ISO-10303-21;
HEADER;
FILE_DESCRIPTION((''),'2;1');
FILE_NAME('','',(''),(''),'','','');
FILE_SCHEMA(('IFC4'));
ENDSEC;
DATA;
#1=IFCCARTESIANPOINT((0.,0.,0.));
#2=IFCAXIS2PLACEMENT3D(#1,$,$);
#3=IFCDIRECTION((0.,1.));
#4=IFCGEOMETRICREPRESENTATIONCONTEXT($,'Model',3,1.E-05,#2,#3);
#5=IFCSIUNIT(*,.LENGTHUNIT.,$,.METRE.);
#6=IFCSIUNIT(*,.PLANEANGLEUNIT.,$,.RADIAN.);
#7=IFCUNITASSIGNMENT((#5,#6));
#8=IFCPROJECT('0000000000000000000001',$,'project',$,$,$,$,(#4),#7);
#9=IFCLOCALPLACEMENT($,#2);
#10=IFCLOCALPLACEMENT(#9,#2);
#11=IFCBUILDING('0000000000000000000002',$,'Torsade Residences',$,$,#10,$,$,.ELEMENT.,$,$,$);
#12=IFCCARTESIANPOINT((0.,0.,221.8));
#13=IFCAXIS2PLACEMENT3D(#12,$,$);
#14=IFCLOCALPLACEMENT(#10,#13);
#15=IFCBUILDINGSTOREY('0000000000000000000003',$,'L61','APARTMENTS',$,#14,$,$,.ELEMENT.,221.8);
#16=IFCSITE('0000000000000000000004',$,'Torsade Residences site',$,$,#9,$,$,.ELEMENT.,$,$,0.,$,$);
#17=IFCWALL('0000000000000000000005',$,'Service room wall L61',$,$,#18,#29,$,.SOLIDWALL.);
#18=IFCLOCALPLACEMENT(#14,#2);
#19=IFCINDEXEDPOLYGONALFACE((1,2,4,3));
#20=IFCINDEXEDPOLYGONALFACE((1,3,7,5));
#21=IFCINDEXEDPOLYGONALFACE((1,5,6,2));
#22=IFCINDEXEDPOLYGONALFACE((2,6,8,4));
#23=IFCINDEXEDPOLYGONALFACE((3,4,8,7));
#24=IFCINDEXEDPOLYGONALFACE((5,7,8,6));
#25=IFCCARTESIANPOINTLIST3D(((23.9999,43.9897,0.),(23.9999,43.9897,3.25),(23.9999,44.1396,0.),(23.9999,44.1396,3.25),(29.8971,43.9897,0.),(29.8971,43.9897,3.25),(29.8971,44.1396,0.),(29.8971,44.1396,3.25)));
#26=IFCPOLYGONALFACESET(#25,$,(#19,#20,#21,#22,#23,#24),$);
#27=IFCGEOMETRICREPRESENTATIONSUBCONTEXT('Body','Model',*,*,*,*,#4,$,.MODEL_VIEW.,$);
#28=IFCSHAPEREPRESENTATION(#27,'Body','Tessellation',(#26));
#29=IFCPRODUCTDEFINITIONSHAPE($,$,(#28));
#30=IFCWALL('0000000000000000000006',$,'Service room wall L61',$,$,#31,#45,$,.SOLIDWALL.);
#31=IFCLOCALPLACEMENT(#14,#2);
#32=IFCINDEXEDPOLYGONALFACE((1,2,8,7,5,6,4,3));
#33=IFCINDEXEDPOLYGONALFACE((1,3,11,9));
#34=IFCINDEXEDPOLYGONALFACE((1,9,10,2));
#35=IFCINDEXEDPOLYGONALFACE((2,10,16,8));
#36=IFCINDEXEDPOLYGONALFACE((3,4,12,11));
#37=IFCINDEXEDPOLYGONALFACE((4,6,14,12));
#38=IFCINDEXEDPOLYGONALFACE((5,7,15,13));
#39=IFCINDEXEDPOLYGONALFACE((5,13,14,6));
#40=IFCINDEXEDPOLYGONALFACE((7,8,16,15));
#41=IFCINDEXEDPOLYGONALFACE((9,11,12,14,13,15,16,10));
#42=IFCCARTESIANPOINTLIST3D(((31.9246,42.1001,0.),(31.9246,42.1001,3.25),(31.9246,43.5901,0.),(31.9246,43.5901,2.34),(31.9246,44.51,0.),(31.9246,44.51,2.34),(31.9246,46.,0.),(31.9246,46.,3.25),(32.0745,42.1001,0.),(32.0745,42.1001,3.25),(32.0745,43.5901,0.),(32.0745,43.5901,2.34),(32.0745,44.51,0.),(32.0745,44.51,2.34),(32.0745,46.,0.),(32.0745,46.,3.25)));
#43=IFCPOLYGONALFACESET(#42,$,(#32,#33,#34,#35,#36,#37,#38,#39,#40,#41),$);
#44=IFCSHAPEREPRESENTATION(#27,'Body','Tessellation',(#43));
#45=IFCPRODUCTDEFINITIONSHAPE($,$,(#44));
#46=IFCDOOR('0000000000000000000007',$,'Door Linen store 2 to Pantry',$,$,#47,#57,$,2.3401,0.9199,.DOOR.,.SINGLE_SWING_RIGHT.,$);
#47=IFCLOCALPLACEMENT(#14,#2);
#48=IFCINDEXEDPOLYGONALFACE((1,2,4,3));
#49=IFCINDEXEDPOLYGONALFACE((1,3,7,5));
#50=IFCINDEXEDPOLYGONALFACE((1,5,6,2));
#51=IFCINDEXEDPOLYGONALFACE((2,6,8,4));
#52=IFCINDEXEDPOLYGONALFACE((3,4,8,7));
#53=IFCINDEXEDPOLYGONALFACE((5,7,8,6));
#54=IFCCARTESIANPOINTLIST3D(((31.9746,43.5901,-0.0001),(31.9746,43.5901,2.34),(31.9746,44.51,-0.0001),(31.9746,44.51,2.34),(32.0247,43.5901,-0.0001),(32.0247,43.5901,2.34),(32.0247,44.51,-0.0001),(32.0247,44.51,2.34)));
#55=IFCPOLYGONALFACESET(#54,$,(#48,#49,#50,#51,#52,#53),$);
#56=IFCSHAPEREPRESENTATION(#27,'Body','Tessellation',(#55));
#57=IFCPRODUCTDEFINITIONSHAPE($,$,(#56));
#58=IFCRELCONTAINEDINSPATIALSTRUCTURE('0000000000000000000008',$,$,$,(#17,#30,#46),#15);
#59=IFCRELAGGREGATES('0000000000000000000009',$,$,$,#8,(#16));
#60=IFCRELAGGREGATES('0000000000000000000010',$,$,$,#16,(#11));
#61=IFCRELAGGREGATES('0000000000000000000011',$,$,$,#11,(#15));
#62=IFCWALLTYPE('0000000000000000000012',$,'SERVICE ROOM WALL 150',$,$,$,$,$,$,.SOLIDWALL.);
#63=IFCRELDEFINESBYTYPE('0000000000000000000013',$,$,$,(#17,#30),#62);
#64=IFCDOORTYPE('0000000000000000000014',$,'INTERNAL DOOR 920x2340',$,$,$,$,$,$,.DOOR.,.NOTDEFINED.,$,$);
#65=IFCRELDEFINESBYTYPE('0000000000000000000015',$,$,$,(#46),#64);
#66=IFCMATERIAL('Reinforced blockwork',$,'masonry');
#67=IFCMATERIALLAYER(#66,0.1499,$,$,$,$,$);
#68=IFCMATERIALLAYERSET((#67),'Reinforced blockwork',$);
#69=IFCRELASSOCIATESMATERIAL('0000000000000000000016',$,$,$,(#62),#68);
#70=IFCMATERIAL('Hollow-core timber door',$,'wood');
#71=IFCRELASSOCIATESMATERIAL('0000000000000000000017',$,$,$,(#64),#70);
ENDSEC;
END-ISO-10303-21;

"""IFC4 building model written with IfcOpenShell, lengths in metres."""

from ifc_helpers import new_model, si_unit, direction, frame, frame_2d, origin, place, context, subcontext, project, spatial, rectangle, extrude, material, layer, layer_set, type_object, element, fill, save


model = new_model("IFC4")

# Units and contexts
model_context = context("Model", 3, precision=1e-05, world=origin(), true_north=direction((0.0, 1.0)))
body_context = subcontext(model_context, "Body", "Model", "MODEL_VIEW")
ifc_project = project(units=[si_unit("LENGTHUNIT", "METRE"), si_unit("PLANEANGLEUNIT", "RADIAN")], contexts=[model_context])

# Site, building, storey
site_placement = place(None, origin())
site = spatial("IfcSite", under=ifc_project, at=site_placement, Name="Torsade Residences site", CompositionType="ELEMENT", RefElevation=0.0)
building_placement = place(site_placement, origin())
building = spatial("IfcBuilding", under=site, at=building_placement, Name="Torsade Residences", CompositionType="ELEMENT")
storey_placement = place(building_placement, frame((0.0, 0.0, 221.8)))
storey = spatial("IfcBuildingStorey", under=building, at=storey_placement, Name="L61", Description="APARTMENTS", CompositionType="ELEMENT", Elevation=221.8)

# Shared definitions
ifc_material_1 = material(Name="Reinforced blockwork", Category="masonry")
ifc_layer_1 = layer(ifc_material_1, 0.1499)
ifc_layer_set_1 = layer_set([ifc_layer_1], Name="Reinforced blockwork")
wall_type_1 = type_object("IfcWallType", Name="SERVICE ROOM WALL 150", PredefinedType="SOLIDWALL", material=ifc_layer_set_1)
ifc_material_2 = material(Name="Hollow-core timber door", Category="wood")
door_type_1 = type_object("IfcDoorType", Name="INTERNAL DOOR 920x2340", OperationType="NOTDEFINED", PredefinedType="DOOR", material=ifc_material_2)

# Wall
wall_1_placement = place(storey_placement, frame((29.8972, 44.0647, 0.0), z_axis=(0.0, 0.0, 1.0), x_axis=(-1.0, 0.0, 0.0)))
element("IfcWall", 1, at=wall_1_placement, inside=storey, type_object=wall_type_1, Name="Service room wall L61", PredefinedType="SOLIDWALL", context=body_context, shape_type="SweptSolid", body=[
    extrude(rectangle(XDim=5.8972, YDim=0.1499, at=frame_2d((2.9487, 0.0))), origin(), (0.0, 0.0, 1.0), 3.25),
])

# Wall, opening, door
wall_2_placement = place(storey_placement, frame((31.9995, 42.1001, 0.0), z_axis=(0.0, 0.0, 1.0), x_axis=(0.0, 1.0, 0.0)))
wall_2 = element("IfcWall", 2, at=wall_2_placement, inside=storey, type_object=wall_type_1, Name="Service room wall L61", PredefinedType="SOLIDWALL", context=body_context, shape_type="SweptSolid", body=[
    extrude(rectangle(XDim=3.8999, YDim=0.1499, at=frame_2d((1.95, 0.0))), origin(), (0.0, 0.0, 1.0), 3.25),
])
opening_1_placement = place(wall_2_placement, frame((1.49, 0.0, 0.0)))
opening_1 = element("IfcOpeningElement", 3, at=opening_1_placement, cuts=wall_2, PredefinedType="OPENING", context=body_context, shape_type="SweptSolid", body=[
    extrude(rectangle(XDim=0.9199, YDim=2.3401, at=frame_2d((0.46, 1.1699))), frame((0.0, 0.085, 0.0), z_axis=(0.0, -1.0, 0.0), x_axis=(1.0, 0.0, 0.0)), (0.0, 0.0, 1.0), 0.1699),
])
door_1_placement = place(opening_1_placement, origin())
door_1 = element("IfcDoor", 4, at=door_1_placement, inside=storey, type_object=door_type_1, Name="Door Linen store 2 to Pantry", OperationType="SINGLE_SWING_RIGHT", OverallHeight=2.3401, OverallWidth=0.9199, PredefinedType="DOOR", context=body_context, shape_type="SweptSolid", body=[
    extrude(rectangle(XDim=0.9199, YDim=2.3401, at=frame_2d((0.46, 1.1699))), frame((0.0, 0.0249, 0.0), z_axis=(0.0, -1.0, 0.0), x_axis=(1.0, 0.0, 0.0)), (0.0, 0.0, 1.0), 0.05),
])
fill(opening_1, door_1)

save(model, "model.ifc")
